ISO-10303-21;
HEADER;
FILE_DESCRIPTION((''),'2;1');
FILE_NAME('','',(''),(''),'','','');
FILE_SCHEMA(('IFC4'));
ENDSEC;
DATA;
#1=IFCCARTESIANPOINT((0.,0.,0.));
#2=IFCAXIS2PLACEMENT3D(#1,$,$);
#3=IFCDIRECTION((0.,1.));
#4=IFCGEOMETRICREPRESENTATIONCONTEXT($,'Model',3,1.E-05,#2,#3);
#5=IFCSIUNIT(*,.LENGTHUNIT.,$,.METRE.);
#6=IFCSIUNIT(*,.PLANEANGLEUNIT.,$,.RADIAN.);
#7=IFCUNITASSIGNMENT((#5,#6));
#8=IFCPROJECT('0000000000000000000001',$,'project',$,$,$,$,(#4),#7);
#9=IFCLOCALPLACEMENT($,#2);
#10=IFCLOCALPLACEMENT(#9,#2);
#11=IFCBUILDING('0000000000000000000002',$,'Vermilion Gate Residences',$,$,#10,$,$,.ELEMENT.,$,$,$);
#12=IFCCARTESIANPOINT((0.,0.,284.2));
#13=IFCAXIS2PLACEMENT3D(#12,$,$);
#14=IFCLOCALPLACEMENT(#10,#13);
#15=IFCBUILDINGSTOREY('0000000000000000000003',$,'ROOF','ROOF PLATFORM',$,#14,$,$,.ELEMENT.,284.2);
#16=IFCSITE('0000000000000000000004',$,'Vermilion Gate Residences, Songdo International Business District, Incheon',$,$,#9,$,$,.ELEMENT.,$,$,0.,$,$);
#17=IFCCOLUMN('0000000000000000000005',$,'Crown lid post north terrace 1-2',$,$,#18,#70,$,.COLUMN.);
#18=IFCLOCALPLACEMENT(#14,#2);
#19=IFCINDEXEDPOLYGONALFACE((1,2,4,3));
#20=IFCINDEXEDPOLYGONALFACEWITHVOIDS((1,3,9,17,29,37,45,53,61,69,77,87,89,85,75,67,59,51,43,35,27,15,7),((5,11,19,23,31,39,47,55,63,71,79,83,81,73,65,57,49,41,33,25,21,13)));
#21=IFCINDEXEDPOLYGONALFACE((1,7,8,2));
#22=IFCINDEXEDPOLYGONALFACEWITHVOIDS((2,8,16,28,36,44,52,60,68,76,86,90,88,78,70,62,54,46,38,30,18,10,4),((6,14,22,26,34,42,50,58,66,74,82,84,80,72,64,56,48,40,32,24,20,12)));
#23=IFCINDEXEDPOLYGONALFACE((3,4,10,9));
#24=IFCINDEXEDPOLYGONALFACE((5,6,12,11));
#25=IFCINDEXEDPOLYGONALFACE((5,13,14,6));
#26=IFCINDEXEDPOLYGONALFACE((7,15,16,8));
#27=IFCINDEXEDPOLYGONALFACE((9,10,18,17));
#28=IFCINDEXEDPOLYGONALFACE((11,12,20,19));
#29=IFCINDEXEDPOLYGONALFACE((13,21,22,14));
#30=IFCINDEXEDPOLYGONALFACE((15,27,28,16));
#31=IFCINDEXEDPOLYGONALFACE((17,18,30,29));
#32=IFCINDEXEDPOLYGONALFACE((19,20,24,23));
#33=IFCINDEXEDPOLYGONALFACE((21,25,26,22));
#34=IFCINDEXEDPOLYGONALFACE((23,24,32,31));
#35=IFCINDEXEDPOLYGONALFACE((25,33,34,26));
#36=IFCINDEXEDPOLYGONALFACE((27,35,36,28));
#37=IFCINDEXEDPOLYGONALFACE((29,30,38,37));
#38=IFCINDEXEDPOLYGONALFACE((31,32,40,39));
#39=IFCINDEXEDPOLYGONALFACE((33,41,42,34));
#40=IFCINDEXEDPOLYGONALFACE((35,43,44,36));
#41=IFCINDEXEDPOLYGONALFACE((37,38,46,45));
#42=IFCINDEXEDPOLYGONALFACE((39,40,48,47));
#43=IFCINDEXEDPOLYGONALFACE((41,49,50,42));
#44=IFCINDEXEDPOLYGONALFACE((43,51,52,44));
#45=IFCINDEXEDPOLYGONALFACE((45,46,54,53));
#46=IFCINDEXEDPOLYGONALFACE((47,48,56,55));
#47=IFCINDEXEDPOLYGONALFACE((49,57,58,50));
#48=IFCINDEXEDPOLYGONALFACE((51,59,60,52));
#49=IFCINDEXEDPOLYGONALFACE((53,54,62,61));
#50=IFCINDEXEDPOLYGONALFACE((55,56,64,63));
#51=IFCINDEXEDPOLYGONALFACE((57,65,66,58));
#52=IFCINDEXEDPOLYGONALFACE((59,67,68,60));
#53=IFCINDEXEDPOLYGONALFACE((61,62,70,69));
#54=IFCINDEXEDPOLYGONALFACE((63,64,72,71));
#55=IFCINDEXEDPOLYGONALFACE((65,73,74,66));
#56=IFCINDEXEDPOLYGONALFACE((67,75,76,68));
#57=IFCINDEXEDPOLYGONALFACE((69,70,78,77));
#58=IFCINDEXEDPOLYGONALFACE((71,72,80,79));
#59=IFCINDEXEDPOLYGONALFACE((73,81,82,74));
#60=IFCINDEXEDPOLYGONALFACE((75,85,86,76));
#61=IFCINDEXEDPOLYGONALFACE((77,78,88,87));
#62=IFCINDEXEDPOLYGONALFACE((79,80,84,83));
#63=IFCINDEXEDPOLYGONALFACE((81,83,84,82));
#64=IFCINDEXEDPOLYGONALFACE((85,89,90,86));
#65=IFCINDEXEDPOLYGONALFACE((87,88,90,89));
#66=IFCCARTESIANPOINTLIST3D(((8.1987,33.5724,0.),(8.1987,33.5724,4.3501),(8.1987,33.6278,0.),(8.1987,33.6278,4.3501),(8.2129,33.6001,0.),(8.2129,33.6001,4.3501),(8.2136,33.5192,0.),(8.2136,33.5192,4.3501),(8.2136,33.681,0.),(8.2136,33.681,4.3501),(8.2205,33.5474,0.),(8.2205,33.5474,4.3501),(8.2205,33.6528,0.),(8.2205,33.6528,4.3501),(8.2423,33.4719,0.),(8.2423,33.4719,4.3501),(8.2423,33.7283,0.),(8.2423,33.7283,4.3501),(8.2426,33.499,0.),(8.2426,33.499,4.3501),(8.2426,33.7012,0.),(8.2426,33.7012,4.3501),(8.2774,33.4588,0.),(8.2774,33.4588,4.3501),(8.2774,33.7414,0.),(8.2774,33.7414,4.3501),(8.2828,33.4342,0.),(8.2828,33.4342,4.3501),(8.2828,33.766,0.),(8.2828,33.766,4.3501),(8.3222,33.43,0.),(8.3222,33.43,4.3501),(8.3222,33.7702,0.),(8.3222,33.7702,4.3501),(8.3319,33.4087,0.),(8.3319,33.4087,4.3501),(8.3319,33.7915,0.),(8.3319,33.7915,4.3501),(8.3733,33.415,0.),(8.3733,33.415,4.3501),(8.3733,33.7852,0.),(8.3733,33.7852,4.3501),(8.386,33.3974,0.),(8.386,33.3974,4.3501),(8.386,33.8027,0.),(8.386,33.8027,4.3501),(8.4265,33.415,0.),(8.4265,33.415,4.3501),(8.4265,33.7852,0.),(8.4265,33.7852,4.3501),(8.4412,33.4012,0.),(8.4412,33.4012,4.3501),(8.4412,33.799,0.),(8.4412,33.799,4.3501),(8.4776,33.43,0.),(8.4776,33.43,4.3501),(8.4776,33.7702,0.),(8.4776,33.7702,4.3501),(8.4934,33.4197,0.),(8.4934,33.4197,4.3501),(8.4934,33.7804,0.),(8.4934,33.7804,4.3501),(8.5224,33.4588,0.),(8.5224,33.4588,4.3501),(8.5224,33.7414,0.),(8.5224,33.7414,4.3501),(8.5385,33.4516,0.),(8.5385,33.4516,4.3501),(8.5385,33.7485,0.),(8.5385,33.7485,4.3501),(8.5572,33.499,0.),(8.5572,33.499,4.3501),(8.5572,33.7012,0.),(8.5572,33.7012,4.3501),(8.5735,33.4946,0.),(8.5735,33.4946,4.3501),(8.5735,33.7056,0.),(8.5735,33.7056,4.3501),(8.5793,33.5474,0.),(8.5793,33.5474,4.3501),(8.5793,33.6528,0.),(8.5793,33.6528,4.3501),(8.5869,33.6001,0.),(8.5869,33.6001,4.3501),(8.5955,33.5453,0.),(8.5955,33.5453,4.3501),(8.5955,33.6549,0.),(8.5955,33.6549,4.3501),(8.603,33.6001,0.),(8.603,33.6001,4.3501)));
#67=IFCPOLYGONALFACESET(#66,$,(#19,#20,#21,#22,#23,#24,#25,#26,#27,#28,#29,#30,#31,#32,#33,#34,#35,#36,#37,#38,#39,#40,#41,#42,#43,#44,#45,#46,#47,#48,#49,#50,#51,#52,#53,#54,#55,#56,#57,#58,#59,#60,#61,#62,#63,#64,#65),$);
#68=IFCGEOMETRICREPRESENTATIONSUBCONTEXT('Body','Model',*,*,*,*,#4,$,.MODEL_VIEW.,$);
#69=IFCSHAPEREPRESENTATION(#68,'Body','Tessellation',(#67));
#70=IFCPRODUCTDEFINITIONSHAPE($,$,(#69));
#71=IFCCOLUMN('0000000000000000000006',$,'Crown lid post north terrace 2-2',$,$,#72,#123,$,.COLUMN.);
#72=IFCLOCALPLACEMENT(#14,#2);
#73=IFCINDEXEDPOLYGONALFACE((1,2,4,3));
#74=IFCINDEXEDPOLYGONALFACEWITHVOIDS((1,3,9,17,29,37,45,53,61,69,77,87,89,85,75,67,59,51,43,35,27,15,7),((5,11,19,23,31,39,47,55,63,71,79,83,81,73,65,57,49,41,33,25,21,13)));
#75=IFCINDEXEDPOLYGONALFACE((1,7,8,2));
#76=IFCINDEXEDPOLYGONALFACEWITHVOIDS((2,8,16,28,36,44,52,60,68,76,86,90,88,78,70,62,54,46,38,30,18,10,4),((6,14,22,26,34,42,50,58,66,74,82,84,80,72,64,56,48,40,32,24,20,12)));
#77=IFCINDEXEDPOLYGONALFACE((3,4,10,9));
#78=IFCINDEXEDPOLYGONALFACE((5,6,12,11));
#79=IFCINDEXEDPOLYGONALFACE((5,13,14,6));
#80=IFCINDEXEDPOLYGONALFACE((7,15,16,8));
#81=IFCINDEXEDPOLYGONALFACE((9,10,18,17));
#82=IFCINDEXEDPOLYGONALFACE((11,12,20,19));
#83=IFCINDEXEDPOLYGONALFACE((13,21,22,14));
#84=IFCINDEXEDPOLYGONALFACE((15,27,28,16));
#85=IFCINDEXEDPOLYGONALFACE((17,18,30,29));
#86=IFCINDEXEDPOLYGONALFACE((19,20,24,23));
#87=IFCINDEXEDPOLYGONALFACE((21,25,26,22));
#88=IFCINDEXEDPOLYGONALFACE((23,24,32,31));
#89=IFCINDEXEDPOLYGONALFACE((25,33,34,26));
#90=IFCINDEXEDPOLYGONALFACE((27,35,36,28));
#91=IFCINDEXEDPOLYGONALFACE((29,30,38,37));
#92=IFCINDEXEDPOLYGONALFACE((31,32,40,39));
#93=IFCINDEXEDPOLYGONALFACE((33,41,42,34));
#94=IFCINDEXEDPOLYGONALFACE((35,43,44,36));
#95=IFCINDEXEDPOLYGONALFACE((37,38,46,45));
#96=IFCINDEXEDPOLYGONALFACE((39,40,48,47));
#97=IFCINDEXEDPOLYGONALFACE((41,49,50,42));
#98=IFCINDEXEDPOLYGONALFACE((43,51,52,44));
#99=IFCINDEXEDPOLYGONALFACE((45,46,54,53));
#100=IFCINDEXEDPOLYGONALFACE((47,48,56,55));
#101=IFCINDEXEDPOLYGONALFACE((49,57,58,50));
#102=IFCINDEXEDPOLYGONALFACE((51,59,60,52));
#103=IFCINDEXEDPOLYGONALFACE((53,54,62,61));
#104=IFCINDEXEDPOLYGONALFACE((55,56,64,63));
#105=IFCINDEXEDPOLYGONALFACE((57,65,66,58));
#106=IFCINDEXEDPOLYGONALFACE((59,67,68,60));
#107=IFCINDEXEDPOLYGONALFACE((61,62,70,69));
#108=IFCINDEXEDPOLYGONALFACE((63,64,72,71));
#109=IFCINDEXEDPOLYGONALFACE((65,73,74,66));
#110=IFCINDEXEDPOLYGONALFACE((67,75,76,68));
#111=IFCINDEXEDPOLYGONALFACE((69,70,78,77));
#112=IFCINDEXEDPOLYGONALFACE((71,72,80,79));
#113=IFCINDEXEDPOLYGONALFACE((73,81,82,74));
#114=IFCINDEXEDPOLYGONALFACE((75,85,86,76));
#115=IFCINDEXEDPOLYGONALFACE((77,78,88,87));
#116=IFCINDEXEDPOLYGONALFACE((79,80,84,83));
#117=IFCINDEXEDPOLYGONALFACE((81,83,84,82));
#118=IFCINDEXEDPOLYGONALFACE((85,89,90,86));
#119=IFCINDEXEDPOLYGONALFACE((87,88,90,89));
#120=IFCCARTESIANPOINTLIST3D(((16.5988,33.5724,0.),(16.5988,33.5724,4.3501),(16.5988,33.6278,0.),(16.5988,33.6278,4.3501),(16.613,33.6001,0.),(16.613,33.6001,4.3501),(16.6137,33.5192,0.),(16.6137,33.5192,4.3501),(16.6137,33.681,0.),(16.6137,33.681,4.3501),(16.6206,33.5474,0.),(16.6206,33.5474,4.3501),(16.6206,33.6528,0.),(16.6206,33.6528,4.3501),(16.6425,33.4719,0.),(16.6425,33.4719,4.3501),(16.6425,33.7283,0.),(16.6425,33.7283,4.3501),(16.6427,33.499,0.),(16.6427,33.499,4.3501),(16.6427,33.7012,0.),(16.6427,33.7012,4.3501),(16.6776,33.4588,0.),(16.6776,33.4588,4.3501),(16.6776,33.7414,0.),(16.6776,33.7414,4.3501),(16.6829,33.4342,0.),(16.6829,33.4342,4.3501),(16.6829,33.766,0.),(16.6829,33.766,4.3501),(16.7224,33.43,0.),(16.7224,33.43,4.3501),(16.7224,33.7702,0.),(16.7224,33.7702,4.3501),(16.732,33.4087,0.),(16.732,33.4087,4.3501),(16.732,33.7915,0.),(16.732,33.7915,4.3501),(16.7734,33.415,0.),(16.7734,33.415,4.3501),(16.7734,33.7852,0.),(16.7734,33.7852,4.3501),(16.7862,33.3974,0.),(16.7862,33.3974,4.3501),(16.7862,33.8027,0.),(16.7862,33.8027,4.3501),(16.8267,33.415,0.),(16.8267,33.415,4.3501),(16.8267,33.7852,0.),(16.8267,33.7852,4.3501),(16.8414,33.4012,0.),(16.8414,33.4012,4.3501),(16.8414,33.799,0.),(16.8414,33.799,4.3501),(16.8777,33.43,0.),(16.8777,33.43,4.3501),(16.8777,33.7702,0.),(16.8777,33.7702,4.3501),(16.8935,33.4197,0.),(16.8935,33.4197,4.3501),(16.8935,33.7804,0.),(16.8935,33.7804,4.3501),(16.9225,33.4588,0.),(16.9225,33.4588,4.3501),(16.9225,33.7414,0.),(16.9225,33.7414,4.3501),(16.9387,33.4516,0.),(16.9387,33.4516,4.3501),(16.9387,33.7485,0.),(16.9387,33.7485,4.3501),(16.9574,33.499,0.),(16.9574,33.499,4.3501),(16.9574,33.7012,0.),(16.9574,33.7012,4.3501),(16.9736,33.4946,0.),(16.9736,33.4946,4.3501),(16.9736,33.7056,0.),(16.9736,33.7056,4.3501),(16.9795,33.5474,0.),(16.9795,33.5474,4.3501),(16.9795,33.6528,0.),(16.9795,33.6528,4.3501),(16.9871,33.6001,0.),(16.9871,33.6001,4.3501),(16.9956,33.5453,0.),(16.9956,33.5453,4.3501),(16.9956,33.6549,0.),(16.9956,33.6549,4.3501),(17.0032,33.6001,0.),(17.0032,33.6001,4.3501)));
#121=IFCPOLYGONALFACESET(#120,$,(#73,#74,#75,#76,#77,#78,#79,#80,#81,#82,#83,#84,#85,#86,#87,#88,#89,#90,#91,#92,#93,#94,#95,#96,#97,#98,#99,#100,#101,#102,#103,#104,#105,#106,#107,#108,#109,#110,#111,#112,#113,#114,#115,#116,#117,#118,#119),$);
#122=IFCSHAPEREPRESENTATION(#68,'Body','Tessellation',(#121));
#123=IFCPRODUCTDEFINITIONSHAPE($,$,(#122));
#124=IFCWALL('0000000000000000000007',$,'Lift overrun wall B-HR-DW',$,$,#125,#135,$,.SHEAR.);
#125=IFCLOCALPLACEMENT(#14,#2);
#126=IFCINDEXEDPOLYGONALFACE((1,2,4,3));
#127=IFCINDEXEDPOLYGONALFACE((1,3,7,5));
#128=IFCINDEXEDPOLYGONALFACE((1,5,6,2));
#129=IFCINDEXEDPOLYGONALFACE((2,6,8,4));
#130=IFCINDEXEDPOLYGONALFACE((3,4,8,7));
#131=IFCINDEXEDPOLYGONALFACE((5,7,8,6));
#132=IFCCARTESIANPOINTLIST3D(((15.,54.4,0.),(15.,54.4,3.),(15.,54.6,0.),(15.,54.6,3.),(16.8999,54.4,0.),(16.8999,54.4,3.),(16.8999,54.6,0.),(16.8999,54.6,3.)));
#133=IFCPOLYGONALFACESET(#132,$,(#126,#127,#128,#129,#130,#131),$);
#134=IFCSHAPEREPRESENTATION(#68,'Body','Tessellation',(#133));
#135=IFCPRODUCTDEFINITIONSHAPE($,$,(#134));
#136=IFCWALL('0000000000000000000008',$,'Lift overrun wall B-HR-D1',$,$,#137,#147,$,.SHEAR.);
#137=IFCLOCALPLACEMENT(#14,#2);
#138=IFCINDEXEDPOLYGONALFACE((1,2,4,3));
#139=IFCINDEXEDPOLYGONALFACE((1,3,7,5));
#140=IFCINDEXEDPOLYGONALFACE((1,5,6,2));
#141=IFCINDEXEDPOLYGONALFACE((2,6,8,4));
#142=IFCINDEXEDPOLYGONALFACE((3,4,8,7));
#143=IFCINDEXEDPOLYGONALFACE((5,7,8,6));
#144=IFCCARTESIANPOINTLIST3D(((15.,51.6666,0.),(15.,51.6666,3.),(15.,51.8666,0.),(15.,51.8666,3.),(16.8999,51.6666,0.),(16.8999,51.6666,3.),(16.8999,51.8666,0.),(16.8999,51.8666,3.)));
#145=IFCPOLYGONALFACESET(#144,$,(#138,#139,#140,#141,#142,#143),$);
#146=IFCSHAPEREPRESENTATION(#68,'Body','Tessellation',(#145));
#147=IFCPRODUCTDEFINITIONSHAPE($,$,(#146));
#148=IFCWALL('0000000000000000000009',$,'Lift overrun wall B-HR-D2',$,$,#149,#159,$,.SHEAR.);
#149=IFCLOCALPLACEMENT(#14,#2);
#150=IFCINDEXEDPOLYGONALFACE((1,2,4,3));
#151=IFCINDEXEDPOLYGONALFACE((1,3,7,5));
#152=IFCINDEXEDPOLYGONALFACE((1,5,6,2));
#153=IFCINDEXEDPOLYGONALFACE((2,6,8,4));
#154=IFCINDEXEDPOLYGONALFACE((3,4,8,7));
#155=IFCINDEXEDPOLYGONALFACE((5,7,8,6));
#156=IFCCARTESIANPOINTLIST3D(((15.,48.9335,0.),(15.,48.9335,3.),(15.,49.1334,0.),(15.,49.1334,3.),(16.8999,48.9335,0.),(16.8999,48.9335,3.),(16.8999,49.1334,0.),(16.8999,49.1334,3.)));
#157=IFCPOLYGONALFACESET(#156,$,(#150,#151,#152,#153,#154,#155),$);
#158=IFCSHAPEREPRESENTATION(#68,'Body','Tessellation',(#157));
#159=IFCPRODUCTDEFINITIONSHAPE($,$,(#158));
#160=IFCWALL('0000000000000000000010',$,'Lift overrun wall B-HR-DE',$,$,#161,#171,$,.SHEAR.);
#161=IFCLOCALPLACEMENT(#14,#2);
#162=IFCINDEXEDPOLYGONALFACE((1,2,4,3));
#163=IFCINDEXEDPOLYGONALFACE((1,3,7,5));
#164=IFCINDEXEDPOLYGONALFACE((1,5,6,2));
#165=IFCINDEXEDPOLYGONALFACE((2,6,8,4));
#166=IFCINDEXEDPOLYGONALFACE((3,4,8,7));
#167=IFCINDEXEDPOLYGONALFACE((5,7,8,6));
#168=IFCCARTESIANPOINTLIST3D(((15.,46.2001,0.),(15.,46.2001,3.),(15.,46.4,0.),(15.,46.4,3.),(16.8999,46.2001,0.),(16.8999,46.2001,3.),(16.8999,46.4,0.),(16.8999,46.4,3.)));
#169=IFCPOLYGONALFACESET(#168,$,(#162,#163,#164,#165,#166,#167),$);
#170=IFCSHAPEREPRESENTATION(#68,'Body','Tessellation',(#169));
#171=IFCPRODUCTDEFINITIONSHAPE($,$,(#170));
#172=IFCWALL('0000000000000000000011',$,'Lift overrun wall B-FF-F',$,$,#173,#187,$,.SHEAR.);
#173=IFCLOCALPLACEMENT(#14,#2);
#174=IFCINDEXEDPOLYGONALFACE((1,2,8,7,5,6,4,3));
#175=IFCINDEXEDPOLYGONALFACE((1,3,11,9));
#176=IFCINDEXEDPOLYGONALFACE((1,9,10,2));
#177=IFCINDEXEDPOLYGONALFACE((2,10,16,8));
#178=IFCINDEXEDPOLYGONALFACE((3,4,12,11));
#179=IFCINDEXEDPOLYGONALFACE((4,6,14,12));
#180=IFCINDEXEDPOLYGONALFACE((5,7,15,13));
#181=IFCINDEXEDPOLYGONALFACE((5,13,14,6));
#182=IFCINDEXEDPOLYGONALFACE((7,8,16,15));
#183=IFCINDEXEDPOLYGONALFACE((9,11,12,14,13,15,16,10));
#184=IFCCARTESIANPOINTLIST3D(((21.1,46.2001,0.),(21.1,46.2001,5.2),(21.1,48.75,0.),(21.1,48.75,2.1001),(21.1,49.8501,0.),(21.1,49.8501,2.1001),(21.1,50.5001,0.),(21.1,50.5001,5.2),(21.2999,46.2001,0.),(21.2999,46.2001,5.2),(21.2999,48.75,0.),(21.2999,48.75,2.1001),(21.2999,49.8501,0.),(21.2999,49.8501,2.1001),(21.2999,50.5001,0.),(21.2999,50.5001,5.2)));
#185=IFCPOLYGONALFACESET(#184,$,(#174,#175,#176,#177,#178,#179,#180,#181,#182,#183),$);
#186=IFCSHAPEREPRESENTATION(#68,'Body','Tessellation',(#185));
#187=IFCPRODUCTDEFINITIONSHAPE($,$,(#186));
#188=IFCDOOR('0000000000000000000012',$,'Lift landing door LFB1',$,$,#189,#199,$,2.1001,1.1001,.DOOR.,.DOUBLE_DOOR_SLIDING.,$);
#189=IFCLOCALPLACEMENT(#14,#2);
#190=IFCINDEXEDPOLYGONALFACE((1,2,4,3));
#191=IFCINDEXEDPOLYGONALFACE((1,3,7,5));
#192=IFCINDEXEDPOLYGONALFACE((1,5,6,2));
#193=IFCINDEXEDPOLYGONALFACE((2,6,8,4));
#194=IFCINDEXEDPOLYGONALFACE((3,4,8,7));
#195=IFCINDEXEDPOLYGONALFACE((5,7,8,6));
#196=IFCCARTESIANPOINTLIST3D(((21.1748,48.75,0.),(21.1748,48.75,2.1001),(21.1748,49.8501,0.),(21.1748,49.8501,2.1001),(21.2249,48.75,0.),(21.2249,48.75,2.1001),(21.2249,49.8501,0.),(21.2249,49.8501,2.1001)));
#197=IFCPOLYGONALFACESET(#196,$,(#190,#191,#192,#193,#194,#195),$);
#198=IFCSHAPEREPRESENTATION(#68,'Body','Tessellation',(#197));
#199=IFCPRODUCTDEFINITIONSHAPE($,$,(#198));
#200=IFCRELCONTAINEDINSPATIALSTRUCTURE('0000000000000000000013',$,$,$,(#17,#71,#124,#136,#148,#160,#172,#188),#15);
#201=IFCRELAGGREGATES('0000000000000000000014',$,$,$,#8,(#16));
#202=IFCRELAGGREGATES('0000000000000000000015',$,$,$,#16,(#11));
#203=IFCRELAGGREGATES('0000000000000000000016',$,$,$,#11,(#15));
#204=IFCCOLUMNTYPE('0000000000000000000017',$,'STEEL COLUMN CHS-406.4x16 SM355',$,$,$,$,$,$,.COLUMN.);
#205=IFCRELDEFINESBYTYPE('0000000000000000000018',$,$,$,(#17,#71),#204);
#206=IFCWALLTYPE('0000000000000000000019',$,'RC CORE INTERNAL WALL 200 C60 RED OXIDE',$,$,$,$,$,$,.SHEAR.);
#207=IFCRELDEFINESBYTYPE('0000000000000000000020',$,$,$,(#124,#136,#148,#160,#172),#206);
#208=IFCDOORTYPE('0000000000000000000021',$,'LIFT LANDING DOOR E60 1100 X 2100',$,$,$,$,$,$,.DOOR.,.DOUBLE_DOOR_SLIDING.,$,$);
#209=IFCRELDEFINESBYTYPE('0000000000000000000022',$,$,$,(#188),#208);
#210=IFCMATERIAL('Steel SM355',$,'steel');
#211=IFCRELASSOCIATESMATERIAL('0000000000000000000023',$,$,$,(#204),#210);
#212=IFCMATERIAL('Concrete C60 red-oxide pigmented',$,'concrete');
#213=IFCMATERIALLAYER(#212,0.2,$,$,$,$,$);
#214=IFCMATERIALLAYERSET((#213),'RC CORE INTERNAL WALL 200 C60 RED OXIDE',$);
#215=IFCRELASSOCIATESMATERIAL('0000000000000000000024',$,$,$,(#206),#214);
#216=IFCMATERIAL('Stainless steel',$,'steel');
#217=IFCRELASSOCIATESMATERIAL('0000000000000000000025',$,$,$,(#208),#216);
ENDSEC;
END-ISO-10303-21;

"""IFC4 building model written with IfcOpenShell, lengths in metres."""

from ifc_helpers import new_model, si_unit, direction, frame, frame_2d, origin, origin_2d, place, context, subcontext, project, spatial, rectangle, hollow_circle, extrude, material, layer, layer_set, material_profile, profile_set, type_object, element, fill, save


model = new_model("IFC4")

# Units and contexts
model_context = context("Model", 3, precision=1e-05, world=origin(), true_north=direction((0.0, 1.0)))
body_context = subcontext(model_context, "Body", "Model", "MODEL_VIEW")
ifc_project = project(units=[si_unit("LENGTHUNIT", "METRE"), si_unit("PLANEANGLEUNIT", "RADIAN")], contexts=[model_context])

# Site, building, storey
site_placement = place(None, origin())
site = spatial("IfcSite", under=ifc_project, at=site_placement, Name="Vermilion Gate Residences, Songdo International Business District, Incheon", CompositionType="ELEMENT", RefElevation=0.0)
building_placement = place(site_placement, origin())
building = spatial("IfcBuilding", under=site, at=building_placement, Name="Vermilion Gate Residences", CompositionType="ELEMENT")
storey_placement = place(building_placement, frame((0.0, 0.0, 284.2)))
storey = spatial("IfcBuildingStorey", under=building, at=storey_placement, Name="ROOF", Description="ROOF PLATFORM", CompositionType="ELEMENT", Elevation=284.2)

# Columns
ifc_material_1 = material(Name="Steel SM355", Category="steel")
ifc_material_profile = material_profile(ifc_material_1, hollow_circle(Radius=0.2031, WallThickness=0.0161, at=origin_2d()), Name="CHS-406.4x16")
ifc_profile_set = profile_set([ifc_material_profile], Name="Steel SM355")
column_type = type_object("IfcColumnType", Name="STEEL COLUMN CHS-406.4x16 SM355", PredefinedType="COLUMN", material=ifc_profile_set)
for number, where, z_axis, x_axis, name in (
    (1, (8.3999, 33.6001, 0.0), (0.0, 0.0, 1.0), (1.0, 0.0, 0.0), "Crown lid post north terrace 1-2"),
    (2, (16.8, 33.6001, 0.0), (0.0, 0.0, 1.0), (1.0, 0.0, 0.0), "Crown lid post north terrace 2-2"),
):
    element("IfcColumn", number, at=place(storey_placement, frame(where, z_axis=z_axis, x_axis=x_axis)), inside=storey, type_object=column_type, Name=name, PredefinedType="COLUMN", context=body_context, shape_type="SweptSolid", body=[
        extrude(hollow_circle(Radius=0.2031, WallThickness=0.0161, at=origin_2d()), origin(), (0.0, 0.0, 1.0), 4.3501),
    ])

# Walls
ifc_material_2 = material(Name="Concrete C60 red-oxide pigmented", Category="concrete")
ifc_layer_1 = layer(ifc_material_2, 0.2)
ifc_layer_set_1 = layer_set([ifc_layer_1], Name="RC CORE INTERNAL WALL 200 C60 RED OXIDE")
wall_type_1 = type_object("IfcWallType", Name="RC CORE INTERNAL WALL 200 C60 RED OXIDE", PredefinedType="SHEAR", material=ifc_layer_set_1)
for number, where, z_axis, x_axis, name in (
    (3, (15.0, 54.5, 0.0), (0.0, 0.0, 1.0), (1.0, 0.0, 0.0), "Lift overrun wall B-HR-DW"),
    (4, (15.0, 51.7666, 0.0), (0.0, 0.0, 1.0), (1.0, 0.0, 0.0), "Lift overrun wall B-HR-D1"),
    (5, (15.0, 49.0334, 0.0), (0.0, 0.0, 1.0), (1.0, 0.0, 0.0), "Lift overrun wall B-HR-D2"),
    (6, (15.0, 46.3, 0.0), (0.0, 0.0, 1.0), (1.0, 0.0, 0.0), "Lift overrun wall B-HR-DE"),
):
    element("IfcWall", number, at=place(storey_placement, frame(where, z_axis=z_axis, x_axis=x_axis)), inside=storey, type_object=wall_type_1, Name=name, PredefinedType="SHEAR", context=body_context, shape_type="SweptSolid", body=[
        extrude(rectangle(XDim=1.8999, YDim=0.2, at=frame_2d((0.95, 0.0))), origin(), (0.0, 0.0, 1.0), 3.0),
    ])

# Wall, opening, door
wall_1_placement = place(storey_placement, frame((21.2, 50.5, 0.0), z_axis=(0.0, 0.0, 1.0), x_axis=(0.0, -1.0, 0.0)))
wall_1 = element("IfcWall", 7, at=wall_1_placement, inside=storey, type_object=wall_type_1, Name="Lift overrun wall B-FF-F", PredefinedType="SHEAR", context=body_context, shape_type="SweptSolid", body=[
    extrude(rectangle(XDim=4.3, YDim=0.2, at=frame_2d((2.1499, 0.0))), origin(), (0.0, 0.0, 1.0), 5.2),
])
opening_1_placement = place(wall_1_placement, frame((0.6499, 0.0, 0.0)))
opening_1 = element("IfcOpeningElement", 8, at=opening_1_placement, cuts=wall_1, PredefinedType="OPENING", context=body_context, shape_type="SweptSolid", body=[
    extrude(rectangle(XDim=1.1001, YDim=2.1001, at=frame_2d((0.55, 1.05))), frame((0.0, 0.1099, 0.0), z_axis=(0.0, -1.0, 0.0), x_axis=(1.0, 0.0, 0.0)), (0.0, 0.0, 1.0), 0.22),
])
ifc_material_3 = material(Name="Stainless steel", Category="steel")
door_type_1 = type_object("IfcDoorType", Name="LIFT LANDING DOOR E60 1100 X 2100", OperationType="DOUBLE_DOOR_SLIDING", PredefinedType="DOOR", material=ifc_material_3)
door_1_placement = place(opening_1_placement, origin())
door_1 = element("IfcDoor", 9, at=door_1_placement, inside=storey, type_object=door_type_1, Name="Lift landing door LFB1", OperationType="DOUBLE_DOOR_SLIDING", OverallHeight=2.1001, OverallWidth=1.1001, PredefinedType="DOOR", context=body_context, shape_type="SweptSolid", body=[
    extrude(rectangle(XDim=1.1001, YDim=2.1001, at=frame_2d((0.55, 1.05))), frame((0.0, 0.0249, 0.0), z_axis=(0.0, -1.0, 0.0), x_axis=(1.0, 0.0, 0.0)), (0.0, 0.0, 1.0), 0.05),
])
fill(opening_1, door_1)

save(model, "model.ifc")
